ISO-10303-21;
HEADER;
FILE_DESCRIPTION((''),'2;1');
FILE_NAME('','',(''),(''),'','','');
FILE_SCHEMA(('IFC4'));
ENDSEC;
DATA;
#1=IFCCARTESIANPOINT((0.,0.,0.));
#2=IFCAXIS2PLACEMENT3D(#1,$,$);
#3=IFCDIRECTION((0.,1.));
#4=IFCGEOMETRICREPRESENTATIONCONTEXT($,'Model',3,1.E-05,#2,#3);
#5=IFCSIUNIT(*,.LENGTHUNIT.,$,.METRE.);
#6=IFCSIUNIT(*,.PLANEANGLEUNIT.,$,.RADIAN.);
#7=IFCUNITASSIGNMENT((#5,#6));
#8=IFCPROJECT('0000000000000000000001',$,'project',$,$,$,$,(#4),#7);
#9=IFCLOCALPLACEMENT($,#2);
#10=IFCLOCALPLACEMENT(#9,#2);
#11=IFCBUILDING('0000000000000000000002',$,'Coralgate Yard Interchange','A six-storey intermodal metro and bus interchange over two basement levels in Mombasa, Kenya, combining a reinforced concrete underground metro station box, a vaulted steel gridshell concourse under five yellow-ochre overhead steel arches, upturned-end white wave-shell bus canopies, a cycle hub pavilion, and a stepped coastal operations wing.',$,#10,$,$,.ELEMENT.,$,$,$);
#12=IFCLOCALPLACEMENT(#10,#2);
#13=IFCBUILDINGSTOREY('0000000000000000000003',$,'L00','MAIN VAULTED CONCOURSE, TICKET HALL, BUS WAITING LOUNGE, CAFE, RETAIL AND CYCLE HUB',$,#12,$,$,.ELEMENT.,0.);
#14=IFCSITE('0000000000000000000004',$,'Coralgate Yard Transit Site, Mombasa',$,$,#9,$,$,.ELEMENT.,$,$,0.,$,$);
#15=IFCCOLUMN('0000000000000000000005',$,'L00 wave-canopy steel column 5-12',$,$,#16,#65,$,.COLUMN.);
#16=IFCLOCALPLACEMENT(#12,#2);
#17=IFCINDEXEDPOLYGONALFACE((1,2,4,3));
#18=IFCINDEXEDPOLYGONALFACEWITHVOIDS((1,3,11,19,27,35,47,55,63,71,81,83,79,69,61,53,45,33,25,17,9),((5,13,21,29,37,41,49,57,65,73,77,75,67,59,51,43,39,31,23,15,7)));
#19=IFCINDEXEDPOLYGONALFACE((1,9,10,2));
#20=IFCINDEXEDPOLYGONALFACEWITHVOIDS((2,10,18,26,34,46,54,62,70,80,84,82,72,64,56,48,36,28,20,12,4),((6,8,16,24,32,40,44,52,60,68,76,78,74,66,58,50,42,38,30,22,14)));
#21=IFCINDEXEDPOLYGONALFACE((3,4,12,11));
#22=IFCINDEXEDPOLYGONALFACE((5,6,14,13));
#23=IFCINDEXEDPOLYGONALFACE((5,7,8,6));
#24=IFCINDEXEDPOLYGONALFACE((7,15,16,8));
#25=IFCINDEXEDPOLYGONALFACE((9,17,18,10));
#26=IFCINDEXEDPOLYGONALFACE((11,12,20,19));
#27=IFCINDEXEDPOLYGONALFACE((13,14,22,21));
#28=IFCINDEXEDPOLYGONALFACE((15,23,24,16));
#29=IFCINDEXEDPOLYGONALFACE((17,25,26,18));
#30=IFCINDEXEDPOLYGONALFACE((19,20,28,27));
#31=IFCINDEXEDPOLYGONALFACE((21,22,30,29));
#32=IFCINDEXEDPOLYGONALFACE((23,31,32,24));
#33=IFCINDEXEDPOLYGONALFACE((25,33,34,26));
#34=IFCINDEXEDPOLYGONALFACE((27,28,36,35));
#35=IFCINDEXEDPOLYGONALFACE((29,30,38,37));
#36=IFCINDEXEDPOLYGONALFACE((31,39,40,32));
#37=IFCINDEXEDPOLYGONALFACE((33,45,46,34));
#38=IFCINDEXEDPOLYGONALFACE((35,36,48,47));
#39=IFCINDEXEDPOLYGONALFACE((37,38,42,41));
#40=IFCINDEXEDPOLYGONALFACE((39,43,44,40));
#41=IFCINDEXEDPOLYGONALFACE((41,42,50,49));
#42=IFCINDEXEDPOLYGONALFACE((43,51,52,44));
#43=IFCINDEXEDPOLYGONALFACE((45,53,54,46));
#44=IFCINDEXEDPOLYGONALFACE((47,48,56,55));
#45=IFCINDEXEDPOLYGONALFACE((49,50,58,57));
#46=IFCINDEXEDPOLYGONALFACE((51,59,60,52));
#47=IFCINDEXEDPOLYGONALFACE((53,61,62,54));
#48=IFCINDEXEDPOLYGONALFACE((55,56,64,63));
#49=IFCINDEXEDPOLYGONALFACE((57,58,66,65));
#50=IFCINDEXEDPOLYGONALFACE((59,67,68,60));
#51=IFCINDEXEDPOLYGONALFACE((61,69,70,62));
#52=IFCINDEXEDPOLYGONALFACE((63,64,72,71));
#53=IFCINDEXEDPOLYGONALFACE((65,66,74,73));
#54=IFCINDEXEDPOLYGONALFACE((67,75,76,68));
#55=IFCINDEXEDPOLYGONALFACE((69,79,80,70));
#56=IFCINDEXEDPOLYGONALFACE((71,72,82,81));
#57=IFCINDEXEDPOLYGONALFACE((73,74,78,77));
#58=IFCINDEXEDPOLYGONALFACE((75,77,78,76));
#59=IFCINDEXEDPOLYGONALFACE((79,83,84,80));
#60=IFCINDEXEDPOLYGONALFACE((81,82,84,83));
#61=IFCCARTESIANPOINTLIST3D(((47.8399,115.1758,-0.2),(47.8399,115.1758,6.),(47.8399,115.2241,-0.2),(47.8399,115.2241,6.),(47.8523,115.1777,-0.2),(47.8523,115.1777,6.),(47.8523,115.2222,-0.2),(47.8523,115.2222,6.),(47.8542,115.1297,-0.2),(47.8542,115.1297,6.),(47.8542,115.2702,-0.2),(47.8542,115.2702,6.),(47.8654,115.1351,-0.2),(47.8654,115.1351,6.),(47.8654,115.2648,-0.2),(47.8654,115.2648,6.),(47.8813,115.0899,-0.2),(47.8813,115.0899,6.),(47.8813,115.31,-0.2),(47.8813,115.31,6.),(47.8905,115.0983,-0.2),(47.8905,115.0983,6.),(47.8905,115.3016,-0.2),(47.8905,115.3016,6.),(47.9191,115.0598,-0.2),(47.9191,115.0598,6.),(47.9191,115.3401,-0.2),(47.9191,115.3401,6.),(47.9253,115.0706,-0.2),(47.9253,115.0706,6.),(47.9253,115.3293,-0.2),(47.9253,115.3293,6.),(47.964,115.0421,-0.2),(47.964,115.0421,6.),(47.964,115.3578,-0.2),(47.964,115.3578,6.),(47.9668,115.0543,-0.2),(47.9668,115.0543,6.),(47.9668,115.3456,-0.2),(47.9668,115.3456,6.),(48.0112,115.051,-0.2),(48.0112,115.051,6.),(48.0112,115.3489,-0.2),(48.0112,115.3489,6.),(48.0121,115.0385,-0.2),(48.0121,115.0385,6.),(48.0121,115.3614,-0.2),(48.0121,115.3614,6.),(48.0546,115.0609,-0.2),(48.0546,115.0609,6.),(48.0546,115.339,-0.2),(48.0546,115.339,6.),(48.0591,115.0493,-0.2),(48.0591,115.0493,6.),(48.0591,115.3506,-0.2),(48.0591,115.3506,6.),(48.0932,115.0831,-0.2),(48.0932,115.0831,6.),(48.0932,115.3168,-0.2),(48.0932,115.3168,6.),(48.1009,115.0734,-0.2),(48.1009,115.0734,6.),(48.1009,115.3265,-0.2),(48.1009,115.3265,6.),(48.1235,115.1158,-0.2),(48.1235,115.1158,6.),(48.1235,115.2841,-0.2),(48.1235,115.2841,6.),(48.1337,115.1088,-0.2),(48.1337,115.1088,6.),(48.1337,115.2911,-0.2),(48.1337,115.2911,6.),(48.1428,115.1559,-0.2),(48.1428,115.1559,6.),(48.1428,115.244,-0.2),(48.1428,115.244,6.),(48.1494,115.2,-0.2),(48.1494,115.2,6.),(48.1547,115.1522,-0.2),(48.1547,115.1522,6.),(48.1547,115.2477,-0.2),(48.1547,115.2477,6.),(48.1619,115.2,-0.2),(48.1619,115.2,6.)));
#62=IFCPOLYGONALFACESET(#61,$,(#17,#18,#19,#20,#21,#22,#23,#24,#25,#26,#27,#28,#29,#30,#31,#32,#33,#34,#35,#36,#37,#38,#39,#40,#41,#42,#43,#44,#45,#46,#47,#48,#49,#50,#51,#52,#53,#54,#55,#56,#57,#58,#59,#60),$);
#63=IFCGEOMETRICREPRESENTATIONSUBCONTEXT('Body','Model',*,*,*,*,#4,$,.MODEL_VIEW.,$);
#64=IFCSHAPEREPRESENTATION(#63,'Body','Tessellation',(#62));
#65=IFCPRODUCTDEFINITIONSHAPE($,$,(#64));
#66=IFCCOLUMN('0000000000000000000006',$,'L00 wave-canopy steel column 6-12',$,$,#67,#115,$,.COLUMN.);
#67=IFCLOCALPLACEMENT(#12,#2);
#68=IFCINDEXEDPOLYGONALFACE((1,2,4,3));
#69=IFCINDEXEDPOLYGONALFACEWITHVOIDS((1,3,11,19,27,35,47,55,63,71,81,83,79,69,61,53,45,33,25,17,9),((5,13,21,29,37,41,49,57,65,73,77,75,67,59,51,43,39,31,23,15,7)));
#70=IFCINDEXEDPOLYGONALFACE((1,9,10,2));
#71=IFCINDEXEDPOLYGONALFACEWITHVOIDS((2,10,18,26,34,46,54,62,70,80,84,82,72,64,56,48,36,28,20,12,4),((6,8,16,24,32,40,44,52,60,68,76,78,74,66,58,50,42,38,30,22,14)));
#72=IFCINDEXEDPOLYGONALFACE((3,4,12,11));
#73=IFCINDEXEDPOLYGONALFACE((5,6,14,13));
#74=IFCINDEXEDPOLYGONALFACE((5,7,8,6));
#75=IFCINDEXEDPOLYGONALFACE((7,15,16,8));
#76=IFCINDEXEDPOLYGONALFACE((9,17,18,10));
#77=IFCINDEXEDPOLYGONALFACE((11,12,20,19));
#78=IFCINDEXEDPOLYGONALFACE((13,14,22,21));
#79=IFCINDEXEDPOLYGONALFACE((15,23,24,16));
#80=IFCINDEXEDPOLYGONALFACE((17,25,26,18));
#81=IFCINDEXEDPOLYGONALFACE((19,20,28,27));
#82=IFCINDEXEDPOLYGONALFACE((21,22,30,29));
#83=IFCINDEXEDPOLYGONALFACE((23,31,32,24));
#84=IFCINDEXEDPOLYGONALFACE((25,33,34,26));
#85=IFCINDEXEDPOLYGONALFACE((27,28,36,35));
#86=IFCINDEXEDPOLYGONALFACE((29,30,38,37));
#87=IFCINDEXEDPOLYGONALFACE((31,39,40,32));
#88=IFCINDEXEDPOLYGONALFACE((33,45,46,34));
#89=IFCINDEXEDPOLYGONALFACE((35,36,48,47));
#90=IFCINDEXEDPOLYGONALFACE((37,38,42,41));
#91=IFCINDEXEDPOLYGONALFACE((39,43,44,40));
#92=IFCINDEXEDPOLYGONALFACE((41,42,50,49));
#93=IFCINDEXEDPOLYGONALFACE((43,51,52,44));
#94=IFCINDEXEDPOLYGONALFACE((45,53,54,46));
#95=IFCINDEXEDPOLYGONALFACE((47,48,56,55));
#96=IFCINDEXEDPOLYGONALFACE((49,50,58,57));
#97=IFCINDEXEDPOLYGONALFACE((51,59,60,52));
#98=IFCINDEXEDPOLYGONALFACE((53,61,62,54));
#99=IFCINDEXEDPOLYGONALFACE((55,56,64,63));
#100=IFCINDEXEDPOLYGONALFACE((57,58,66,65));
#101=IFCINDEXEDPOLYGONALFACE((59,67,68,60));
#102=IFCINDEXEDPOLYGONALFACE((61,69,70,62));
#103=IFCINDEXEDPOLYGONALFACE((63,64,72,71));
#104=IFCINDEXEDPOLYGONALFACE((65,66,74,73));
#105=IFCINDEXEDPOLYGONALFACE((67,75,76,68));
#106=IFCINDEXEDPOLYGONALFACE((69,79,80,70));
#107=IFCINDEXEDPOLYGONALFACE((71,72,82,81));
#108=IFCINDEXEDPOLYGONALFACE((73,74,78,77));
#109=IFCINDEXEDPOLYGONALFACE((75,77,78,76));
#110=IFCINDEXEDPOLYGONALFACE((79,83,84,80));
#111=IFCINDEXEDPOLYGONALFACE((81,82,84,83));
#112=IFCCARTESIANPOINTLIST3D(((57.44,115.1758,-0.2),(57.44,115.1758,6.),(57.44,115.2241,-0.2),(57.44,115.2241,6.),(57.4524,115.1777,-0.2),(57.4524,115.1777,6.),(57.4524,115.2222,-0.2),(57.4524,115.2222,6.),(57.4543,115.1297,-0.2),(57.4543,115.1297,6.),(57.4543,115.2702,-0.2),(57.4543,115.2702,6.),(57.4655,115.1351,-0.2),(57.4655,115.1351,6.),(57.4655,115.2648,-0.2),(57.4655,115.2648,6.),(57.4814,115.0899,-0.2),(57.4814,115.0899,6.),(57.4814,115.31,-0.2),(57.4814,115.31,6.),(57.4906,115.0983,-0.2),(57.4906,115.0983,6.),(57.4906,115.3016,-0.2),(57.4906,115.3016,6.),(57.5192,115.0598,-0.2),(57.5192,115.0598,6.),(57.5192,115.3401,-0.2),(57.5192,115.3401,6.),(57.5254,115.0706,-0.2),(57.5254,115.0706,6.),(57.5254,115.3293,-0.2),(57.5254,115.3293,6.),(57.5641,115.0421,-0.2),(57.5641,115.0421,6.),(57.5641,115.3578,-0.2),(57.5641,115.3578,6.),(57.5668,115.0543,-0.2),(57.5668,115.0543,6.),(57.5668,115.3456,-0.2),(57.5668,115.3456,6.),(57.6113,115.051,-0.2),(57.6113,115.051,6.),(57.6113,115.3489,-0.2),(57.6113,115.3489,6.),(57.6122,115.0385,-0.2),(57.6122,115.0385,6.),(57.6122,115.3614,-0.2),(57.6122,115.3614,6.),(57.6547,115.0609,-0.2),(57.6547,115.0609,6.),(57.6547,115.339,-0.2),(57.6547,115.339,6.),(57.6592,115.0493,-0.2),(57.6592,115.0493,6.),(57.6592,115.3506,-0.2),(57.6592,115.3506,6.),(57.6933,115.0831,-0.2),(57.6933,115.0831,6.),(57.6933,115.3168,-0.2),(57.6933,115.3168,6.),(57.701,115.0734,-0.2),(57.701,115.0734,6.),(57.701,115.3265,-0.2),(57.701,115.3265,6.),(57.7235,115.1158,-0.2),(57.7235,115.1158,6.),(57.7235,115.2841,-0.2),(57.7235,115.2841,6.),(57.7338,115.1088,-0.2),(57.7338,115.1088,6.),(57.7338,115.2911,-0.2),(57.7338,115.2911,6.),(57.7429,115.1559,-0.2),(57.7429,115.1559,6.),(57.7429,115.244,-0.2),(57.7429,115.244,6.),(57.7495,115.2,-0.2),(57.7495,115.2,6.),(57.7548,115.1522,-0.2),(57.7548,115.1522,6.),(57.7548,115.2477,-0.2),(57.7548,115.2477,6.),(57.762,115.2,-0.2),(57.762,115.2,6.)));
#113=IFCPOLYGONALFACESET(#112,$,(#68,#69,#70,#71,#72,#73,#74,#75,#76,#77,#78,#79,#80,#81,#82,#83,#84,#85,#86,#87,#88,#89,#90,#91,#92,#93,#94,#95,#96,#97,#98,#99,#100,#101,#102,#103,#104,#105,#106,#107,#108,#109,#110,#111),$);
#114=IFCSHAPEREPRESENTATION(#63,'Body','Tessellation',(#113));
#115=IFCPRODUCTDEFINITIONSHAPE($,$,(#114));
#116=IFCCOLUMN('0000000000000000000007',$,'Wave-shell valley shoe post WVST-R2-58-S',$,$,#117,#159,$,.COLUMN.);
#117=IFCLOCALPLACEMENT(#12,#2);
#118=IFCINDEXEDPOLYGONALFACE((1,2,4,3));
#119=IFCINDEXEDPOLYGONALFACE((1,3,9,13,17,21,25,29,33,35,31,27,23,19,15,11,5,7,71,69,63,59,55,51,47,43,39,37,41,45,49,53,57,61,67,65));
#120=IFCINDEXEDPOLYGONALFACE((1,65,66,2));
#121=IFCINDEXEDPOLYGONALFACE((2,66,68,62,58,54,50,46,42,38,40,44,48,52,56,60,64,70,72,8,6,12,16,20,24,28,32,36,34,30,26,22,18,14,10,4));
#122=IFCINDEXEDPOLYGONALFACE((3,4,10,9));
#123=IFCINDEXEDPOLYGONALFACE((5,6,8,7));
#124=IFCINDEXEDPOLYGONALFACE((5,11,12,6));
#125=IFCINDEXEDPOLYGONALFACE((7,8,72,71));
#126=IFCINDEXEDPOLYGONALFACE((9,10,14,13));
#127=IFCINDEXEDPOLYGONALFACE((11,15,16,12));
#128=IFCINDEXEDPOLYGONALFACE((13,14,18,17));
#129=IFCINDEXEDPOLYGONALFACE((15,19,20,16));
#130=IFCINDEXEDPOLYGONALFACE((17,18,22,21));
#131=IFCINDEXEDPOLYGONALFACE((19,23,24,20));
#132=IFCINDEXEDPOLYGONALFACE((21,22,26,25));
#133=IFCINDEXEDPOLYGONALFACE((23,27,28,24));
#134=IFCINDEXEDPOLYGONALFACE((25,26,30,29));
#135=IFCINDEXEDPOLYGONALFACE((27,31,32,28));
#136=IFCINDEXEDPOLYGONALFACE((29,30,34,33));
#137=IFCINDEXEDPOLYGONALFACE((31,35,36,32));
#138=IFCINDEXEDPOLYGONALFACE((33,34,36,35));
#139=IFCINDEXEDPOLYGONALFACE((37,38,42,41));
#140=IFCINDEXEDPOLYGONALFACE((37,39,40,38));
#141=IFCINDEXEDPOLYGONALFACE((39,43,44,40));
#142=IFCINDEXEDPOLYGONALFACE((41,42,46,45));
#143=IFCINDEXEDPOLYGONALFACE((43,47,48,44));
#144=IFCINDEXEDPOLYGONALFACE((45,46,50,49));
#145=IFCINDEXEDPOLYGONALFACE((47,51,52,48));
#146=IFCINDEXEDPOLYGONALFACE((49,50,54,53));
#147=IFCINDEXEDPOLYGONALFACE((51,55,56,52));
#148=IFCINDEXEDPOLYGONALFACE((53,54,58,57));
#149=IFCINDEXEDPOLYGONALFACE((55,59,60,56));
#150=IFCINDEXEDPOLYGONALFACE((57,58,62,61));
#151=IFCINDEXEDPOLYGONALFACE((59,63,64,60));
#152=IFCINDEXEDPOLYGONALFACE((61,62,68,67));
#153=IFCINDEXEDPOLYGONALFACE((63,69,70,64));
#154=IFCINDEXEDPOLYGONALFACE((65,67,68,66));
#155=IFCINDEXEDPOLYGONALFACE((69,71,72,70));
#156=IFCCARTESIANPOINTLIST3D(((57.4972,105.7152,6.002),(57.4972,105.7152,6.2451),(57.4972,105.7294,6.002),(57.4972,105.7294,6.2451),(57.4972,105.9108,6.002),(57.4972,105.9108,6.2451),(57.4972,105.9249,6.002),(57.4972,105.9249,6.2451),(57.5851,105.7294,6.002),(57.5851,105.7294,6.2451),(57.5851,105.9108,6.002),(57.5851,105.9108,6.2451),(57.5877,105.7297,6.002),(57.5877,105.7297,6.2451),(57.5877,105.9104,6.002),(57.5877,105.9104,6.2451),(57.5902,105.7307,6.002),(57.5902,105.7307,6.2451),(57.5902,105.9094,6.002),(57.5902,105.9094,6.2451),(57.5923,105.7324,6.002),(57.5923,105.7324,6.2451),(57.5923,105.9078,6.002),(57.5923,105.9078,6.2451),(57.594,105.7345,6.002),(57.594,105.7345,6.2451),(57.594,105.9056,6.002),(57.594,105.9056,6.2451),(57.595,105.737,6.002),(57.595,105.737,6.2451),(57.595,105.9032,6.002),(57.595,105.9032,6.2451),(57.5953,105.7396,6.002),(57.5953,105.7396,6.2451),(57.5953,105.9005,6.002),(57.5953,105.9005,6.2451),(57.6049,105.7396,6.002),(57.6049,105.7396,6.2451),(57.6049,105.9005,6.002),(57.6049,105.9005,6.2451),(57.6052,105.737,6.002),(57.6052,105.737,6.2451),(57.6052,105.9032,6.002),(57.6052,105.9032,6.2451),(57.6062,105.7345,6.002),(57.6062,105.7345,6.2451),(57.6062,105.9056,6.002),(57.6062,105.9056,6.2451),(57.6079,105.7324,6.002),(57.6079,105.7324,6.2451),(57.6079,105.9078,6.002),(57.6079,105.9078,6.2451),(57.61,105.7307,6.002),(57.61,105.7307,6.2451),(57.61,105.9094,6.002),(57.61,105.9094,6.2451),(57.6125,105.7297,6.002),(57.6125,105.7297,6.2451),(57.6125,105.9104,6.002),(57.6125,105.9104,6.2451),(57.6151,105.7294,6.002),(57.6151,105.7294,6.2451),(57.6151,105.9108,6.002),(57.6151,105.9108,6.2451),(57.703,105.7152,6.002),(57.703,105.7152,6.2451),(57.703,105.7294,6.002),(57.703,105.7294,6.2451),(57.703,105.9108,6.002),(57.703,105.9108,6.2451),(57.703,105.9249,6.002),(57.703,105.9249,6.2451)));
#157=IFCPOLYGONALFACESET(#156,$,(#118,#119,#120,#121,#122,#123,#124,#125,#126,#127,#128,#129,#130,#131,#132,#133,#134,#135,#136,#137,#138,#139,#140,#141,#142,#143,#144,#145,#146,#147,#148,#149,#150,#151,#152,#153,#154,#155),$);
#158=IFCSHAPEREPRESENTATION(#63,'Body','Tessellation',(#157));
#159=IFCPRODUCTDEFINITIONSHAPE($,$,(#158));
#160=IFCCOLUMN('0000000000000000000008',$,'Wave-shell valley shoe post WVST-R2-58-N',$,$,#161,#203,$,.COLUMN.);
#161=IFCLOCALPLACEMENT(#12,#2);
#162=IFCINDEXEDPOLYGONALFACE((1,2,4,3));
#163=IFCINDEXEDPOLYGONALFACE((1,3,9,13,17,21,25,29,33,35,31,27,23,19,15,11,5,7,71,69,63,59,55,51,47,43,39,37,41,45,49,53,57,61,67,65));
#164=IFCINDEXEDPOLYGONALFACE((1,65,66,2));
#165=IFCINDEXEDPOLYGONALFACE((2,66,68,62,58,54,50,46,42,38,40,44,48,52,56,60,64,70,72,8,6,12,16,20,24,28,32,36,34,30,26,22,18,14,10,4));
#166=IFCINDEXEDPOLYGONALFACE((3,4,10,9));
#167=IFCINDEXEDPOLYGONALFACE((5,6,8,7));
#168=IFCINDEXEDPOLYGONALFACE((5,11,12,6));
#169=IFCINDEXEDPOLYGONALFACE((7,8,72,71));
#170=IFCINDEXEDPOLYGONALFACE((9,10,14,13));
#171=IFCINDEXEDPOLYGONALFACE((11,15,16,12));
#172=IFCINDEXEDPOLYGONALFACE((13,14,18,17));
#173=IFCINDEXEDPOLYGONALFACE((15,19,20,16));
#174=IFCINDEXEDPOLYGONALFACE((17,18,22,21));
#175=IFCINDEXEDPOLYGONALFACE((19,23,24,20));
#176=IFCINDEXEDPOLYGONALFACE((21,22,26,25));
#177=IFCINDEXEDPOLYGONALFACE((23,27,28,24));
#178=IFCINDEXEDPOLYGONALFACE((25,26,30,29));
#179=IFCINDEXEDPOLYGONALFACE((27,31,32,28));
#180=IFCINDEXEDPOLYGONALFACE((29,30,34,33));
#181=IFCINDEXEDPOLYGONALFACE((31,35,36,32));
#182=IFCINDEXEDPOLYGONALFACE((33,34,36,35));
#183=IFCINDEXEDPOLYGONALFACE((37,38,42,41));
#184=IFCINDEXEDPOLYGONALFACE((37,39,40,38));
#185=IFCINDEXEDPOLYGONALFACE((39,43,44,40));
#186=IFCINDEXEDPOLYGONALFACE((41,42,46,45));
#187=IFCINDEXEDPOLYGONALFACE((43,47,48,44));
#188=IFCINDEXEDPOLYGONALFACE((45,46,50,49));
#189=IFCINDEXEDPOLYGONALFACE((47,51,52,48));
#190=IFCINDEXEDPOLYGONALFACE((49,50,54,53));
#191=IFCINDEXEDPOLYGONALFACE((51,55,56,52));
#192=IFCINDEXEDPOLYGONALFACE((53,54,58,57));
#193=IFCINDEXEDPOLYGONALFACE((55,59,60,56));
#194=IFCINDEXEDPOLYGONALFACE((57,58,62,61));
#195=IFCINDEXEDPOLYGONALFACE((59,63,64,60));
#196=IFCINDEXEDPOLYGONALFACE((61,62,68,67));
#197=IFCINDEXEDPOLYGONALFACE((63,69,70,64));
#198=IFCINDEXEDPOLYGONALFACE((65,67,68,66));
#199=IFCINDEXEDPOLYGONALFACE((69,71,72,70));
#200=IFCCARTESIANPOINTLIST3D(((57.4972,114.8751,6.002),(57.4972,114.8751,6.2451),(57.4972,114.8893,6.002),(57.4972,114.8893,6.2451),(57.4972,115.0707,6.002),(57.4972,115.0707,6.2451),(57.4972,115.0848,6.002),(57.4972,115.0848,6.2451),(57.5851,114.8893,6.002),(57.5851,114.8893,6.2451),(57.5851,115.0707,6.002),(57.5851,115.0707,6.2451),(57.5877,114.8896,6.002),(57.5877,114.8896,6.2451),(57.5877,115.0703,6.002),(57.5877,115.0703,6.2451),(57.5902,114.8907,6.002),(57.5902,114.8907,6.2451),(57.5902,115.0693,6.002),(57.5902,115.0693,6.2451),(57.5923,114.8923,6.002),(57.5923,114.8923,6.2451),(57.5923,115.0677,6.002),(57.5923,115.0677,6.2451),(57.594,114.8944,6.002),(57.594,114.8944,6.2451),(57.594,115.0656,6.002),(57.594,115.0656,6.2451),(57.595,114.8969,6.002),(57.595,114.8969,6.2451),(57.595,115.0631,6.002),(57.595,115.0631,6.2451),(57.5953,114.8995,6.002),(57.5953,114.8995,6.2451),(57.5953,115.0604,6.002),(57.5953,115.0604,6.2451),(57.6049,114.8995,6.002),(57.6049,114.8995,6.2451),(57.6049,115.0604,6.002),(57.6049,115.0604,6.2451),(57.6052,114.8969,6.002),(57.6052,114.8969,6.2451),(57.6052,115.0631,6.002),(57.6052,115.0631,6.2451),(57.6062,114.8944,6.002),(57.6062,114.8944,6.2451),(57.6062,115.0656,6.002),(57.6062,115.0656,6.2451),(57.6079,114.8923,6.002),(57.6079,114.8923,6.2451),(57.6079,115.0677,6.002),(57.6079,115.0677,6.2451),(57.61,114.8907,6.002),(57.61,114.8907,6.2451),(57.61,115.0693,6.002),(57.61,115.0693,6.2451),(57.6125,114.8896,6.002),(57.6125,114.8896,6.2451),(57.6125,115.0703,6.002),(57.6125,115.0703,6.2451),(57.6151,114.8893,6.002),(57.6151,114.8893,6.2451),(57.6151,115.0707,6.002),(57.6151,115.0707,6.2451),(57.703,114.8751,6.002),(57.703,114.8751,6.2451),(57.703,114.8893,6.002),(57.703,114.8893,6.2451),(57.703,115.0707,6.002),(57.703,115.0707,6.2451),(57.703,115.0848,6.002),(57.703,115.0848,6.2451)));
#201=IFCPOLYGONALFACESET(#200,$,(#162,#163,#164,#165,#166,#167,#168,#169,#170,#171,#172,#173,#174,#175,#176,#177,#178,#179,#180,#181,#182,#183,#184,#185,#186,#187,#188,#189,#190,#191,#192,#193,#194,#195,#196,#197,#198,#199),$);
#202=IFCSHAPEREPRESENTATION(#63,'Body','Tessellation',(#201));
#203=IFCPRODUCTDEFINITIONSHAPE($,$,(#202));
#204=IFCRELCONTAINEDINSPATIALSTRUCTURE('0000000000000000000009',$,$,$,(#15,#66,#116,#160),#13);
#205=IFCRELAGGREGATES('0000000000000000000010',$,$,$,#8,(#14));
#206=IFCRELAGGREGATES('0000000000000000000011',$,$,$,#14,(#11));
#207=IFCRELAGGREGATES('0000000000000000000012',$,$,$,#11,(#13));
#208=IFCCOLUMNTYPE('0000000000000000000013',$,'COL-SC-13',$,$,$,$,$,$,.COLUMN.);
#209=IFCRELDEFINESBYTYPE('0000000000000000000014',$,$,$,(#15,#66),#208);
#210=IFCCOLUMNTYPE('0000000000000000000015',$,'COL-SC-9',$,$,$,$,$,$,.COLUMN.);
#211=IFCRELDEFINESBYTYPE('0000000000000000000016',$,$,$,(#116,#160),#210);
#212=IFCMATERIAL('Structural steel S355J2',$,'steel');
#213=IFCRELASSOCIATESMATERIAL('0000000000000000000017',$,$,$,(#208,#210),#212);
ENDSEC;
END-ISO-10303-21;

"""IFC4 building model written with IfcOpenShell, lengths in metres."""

from ifc_helpers import new_model, si_unit, direction, frame, origin, origin_2d, place, context, subcontext, project, spatial, hollow_circle, i_section, extrude, material, material_profile, profile_set, type_object, element, save


model = new_model("IFC4")

# Units and contexts
model_context = context("Model", 3, precision=1e-05, world=origin(), true_north=direction((0.0, 1.0)))
body_context = subcontext(model_context, "Body", "Model", "MODEL_VIEW")
ifc_project = project(units=[si_unit("LENGTHUNIT", "METRE"), si_unit("PLANEANGLEUNIT", "RADIAN")], contexts=[model_context])

# Site, building, storey
site_placement = place(None, origin())
site = spatial("IfcSite", under=ifc_project, at=site_placement, Name="Coralgate Yard Transit Site, Mombasa", CompositionType="ELEMENT", RefElevation=0.0)
building_placement = place(site_placement, origin())
building = spatial("IfcBuilding", under=site, at=building_placement, Name="Coralgate Yard Interchange", Description="A six-storey intermodal metro and bus interchange over two basement levels in Mombasa, Kenya, combining a reinforced concrete underground metro station box, a vaulted steel gridshell concourse under five yellow-ochre overhead steel arches, upturned-end white wave-shell bus canopies, a cycle hub pavilion, and a stepped coastal operations wing.", CompositionType="ELEMENT")
storey_placement = place(building_placement, origin())
storey = spatial("IfcBuildingStorey", under=building, at=storey_placement, Name="L00", Description="MAIN VAULTED CONCOURSE, TICKET HALL, BUS WAITING LOUNGE, CAFE, RETAIL AND CYCLE HUB", CompositionType="ELEMENT", Elevation=0.0)

# Columns
ifc_material_1 = material(Name="Structural steel S355J2", Category="steel")
ifc_material_profile_1 = material_profile(ifc_material_1, hollow_circle(Radius=0.1619, WallThickness=0.0125, at=origin_2d()), Name="CHS 323.9x12.5")
ifc_profile_set_1 = profile_set([ifc_material_profile_1], Name="Structural steel S355J2")
column_type_1 = type_object("IfcColumnType", Name="COL-SC-13", PredefinedType="COLUMN", material=ifc_profile_set_1)
for number, where, z_axis, x_axis, name in (
    (1, (48.0, 115.2, -0.2), (0.0, 0.0, 1.0), (1.0, 0.0, 0.0), "L00 wave-canopy steel column 5-12"),
    (2, (57.6001, 115.2, -0.2), (0.0, 0.0, 1.0), (1.0, 0.0, 0.0), "L00 wave-canopy steel column 6-12"),
):
    element("IfcColumn", number, at=place(storey_placement, frame(where, z_axis=z_axis, x_axis=x_axis)), inside=storey, type_object=column_type_1, Name=name, PredefinedType="COLUMN", context=body_context, shape_type="SweptSolid", body=[
        extrude(hollow_circle(Radius=0.1619, WallThickness=0.0125, at=origin_2d()), origin(), (0.0, 0.0, 1.0), 6.2),
    ])
ifc_material_profile_2 = material_profile(ifc_material_1, i_section(OverallWidth=0.2058, OverallDepth=0.2097, WebThickness=0.0095, FlangeThickness=0.0142, FilletRadius=0.0103, at=origin_2d()), Name="UC 203x203x60")
ifc_profile_set_2 = profile_set([ifc_material_profile_2], Name="Structural steel S355J2")
column_type_2 = type_object("IfcColumnType", Name="COL-SC-9", PredefinedType="COLUMN", material=ifc_profile_set_2)
for number, where, z_axis, x_axis, name in (
    (3, (57.6001, 105.8201, 6.002), (0.0, 0.0, 1.0), (1.0, 0.0, 0.0), "Wave-shell valley shoe post WVST-R2-58-S"),
    (4, (57.6001, 114.98, 6.002), (0.0, 0.0, 1.0), (1.0, 0.0, 0.0), "Wave-shell valley shoe post WVST-R2-58-N"),
):
    element("IfcColumn", number, at=place(storey_placement, frame(where, z_axis=z_axis, x_axis=x_axis)), inside=storey, type_object=column_type_2, Name=name, PredefinedType="COLUMN", context=body_context, shape_type="SweptSolid", body=[
        extrude(i_section(OverallWidth=0.2058, OverallDepth=0.2097, WebThickness=0.0095, FlangeThickness=0.0142, FilletRadius=0.0103, at=origin_2d()), origin(), (0.0, 0.0, 1.0), 0.2432),
    ])

save(model, "model.ifc")
